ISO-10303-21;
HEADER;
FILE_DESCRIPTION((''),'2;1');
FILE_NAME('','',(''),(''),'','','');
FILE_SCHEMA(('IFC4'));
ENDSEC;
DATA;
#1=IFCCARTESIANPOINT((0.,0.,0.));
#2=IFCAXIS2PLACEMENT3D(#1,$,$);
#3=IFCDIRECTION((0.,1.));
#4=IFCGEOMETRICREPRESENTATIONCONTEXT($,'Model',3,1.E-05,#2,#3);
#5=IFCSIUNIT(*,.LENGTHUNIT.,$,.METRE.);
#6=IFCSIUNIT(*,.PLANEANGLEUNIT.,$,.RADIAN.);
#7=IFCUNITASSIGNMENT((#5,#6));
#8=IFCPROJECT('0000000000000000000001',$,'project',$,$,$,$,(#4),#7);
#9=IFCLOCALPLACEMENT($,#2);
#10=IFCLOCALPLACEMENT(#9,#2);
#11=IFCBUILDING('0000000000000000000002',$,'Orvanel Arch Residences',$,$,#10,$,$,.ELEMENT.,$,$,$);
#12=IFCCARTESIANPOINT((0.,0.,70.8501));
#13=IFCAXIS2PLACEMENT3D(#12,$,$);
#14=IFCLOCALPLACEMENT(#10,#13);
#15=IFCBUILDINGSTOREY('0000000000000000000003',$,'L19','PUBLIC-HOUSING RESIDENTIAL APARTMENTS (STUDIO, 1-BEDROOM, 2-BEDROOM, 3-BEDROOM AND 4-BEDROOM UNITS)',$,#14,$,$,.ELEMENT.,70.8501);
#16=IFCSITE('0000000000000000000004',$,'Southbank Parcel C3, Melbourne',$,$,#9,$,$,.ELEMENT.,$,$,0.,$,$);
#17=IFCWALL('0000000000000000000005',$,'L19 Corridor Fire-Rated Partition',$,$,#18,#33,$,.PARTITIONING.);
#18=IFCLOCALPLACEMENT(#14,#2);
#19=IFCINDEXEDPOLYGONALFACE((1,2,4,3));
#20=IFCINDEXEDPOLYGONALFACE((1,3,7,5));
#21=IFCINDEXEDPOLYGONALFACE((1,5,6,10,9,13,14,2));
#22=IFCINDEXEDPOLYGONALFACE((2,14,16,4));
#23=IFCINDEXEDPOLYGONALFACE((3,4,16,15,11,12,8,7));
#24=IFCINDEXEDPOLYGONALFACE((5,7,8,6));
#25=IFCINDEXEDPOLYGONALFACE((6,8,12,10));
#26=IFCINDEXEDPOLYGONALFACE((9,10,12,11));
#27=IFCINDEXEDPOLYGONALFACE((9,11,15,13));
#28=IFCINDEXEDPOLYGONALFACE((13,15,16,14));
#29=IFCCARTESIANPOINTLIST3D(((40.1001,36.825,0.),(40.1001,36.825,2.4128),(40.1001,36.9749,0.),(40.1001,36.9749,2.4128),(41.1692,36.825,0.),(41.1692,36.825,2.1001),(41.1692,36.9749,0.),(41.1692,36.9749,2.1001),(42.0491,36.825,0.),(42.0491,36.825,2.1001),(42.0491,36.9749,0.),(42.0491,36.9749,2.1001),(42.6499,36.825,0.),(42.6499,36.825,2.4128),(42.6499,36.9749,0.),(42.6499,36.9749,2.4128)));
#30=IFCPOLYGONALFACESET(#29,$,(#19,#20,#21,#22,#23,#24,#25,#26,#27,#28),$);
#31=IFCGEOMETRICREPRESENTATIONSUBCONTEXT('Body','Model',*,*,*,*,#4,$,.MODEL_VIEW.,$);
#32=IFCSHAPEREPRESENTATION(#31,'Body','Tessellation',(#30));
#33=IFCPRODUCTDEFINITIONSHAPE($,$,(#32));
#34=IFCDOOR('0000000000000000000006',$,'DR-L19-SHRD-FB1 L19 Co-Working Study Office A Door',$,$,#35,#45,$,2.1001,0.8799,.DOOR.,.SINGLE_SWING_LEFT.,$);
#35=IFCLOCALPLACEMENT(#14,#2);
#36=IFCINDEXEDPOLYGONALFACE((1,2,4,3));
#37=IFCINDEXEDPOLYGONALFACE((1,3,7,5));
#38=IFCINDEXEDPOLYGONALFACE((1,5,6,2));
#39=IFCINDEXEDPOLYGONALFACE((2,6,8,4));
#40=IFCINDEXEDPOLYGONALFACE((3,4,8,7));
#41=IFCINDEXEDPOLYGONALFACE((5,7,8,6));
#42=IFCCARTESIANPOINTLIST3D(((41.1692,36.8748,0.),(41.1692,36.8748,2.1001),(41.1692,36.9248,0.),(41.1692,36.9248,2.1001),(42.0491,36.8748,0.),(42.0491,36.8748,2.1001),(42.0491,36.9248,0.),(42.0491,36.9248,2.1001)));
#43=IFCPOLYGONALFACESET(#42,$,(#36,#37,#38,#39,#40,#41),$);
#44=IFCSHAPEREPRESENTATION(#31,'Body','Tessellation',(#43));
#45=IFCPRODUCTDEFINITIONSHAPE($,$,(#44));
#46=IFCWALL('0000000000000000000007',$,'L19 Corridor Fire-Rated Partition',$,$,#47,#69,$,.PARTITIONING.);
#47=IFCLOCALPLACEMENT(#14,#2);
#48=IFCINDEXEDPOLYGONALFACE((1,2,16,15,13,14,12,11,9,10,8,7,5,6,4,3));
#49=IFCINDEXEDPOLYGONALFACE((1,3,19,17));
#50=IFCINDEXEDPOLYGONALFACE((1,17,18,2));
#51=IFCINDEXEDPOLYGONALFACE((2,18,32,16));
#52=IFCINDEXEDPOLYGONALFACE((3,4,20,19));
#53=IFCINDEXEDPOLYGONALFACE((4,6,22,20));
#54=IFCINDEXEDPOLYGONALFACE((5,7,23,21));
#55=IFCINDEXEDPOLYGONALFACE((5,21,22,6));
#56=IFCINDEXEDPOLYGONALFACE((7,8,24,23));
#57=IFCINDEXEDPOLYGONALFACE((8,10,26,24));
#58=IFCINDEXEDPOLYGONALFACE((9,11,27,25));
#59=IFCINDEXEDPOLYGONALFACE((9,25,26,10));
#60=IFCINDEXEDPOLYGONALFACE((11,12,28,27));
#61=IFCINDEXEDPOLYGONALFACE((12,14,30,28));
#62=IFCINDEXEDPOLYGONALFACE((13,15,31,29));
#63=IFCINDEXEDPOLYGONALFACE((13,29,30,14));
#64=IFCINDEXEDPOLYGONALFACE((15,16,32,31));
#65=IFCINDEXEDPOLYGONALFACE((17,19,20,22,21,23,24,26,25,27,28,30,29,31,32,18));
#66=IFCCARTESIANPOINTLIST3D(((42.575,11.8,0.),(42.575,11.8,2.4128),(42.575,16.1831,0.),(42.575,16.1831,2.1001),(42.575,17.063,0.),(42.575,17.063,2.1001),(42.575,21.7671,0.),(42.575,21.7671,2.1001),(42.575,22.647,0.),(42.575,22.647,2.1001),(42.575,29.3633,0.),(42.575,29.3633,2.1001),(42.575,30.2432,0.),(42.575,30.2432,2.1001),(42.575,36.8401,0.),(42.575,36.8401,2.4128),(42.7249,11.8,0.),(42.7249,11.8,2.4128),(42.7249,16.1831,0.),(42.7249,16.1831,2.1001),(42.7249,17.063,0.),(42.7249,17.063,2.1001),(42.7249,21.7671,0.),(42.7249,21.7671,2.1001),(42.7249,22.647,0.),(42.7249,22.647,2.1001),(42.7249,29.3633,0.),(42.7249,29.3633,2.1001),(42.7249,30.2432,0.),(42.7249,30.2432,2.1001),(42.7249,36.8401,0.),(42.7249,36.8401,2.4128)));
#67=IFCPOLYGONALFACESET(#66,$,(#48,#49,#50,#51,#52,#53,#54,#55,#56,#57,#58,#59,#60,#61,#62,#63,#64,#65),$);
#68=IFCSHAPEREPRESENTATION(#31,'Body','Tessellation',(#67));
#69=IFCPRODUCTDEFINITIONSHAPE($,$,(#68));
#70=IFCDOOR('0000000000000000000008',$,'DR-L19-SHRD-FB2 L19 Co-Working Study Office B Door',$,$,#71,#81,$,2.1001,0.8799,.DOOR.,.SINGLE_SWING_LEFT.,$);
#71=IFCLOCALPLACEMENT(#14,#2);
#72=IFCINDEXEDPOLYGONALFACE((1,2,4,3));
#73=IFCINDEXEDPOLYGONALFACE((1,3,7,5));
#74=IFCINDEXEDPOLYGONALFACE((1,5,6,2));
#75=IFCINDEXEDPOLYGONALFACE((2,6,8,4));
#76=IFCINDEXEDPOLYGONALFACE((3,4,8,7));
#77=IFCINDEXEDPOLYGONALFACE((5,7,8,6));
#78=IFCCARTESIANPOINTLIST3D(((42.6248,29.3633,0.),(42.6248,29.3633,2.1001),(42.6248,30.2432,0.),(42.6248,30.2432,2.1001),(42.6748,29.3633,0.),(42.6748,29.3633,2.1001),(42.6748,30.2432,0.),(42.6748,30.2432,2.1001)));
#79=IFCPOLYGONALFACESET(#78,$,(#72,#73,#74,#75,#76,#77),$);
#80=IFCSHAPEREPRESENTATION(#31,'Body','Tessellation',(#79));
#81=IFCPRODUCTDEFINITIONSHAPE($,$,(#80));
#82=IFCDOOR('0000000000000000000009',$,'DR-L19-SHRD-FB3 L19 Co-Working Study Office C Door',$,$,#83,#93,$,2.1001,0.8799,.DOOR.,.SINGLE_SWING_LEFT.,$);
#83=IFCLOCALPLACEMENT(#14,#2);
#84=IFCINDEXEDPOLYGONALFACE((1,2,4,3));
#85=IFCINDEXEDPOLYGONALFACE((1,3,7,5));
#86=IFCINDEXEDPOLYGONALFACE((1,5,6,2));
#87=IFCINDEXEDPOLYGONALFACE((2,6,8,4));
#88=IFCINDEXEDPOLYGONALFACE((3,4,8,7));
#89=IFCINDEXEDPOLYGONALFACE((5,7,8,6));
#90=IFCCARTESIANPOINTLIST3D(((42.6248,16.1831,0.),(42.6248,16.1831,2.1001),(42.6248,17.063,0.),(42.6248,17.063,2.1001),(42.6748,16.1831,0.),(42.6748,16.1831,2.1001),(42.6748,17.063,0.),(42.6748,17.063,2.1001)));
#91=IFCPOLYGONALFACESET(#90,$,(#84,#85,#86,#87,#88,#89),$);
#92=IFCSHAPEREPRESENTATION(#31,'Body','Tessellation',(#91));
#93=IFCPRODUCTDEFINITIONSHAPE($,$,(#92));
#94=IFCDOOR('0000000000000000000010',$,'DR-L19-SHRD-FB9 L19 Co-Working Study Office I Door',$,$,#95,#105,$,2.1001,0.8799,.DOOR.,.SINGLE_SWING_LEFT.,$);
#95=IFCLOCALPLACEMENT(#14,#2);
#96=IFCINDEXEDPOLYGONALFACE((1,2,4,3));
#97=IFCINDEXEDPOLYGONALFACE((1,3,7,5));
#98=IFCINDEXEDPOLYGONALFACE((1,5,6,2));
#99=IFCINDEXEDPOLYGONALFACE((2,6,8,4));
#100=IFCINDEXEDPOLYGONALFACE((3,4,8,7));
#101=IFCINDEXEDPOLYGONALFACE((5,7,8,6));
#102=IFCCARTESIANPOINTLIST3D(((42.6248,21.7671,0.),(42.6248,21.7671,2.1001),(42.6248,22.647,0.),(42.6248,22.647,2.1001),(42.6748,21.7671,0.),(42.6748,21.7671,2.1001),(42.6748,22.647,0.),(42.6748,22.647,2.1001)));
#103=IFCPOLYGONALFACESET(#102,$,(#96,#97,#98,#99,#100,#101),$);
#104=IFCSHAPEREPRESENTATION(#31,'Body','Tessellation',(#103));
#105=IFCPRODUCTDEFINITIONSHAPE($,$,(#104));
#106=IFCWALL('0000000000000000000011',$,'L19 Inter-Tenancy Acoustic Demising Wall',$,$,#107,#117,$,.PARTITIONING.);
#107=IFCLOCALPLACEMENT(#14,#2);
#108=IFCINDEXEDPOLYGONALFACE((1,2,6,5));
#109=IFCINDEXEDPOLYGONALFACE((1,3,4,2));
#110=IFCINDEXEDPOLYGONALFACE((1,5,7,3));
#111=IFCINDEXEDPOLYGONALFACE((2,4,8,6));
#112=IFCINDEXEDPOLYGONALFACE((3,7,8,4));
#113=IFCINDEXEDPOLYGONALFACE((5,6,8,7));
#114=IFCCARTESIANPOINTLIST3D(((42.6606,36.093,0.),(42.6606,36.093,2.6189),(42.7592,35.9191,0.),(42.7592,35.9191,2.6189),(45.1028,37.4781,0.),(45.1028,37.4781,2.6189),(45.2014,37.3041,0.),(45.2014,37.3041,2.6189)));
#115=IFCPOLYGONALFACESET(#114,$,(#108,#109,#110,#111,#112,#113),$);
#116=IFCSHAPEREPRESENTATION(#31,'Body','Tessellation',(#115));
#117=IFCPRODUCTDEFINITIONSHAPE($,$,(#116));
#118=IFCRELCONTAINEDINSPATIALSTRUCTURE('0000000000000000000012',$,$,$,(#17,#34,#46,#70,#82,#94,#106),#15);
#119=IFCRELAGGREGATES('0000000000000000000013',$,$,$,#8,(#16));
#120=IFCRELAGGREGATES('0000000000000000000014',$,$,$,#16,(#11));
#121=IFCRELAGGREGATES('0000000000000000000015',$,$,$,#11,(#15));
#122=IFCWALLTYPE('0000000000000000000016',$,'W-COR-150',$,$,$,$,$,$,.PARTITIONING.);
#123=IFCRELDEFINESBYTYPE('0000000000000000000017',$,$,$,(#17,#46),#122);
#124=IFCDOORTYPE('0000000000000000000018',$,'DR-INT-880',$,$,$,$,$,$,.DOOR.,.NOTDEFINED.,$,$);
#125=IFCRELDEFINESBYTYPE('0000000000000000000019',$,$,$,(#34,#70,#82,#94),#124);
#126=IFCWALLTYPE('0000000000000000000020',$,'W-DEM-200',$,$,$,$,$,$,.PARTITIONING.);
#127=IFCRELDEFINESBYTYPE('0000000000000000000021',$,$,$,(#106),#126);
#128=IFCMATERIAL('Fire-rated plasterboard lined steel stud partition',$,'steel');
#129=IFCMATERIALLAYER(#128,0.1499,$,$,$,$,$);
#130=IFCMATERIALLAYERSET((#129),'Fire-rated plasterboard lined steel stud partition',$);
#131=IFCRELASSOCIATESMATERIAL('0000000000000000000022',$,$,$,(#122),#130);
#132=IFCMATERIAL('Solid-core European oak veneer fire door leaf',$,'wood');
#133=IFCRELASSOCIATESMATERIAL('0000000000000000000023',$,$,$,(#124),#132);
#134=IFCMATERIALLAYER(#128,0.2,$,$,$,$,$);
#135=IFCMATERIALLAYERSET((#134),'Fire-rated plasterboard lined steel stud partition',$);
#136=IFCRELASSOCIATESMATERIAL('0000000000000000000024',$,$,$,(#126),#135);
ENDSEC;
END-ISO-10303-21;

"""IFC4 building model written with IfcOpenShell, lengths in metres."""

from ifc_helpers import new_model, si_unit, direction, frame, frame_2d, origin, place, context, subcontext, project, spatial, rectangle, extrude, material, layer, layer_set, type_object, element, fill, save


model = new_model("IFC4")

# Units and contexts
model_context = context("Model", 3, precision=1e-05, world=origin(), true_north=direction((0.0, 1.0)))
body_context = subcontext(model_context, "Body", "Model", "MODEL_VIEW")
ifc_project = project(units=[si_unit("LENGTHUNIT", "METRE"), si_unit("PLANEANGLEUNIT", "RADIAN")], contexts=[model_context])

# Site, building, storey
site_placement = place(None, origin())
site = spatial("IfcSite", under=ifc_project, at=site_placement, Name="Southbank Parcel C3, Melbourne", CompositionType="ELEMENT", RefElevation=0.0)
building_placement = place(site_placement, origin())
building = spatial("IfcBuilding", under=site, at=building_placement, Name="Orvanel Arch Residences", CompositionType="ELEMENT")
storey_placement = place(building_placement, frame((0.0, 0.0, 70.8501)))
storey = spatial("IfcBuildingStorey", under=building, at=storey_placement, Name="L19", Description="PUBLIC-HOUSING RESIDENTIAL APARTMENTS (STUDIO, 1-BEDROOM, 2-BEDROOM, 3-BEDROOM AND 4-BEDROOM UNITS)", CompositionType="ELEMENT", Elevation=70.8501)

# Wall, opening, door
ifc_material_1 = material(Name="Fire-rated plasterboard lined steel stud partition", Category="steel")
ifc_layer_1 = layer(ifc_material_1, 0.1499)
ifc_layer_set_1 = layer_set([ifc_layer_1], Name="Fire-rated plasterboard lined steel stud partition")
wall_type_1 = type_object("IfcWallType", Name="W-COR-150", PredefinedType="PARTITIONING", material=ifc_layer_set_1)
wall_1_placement = place(storey_placement, frame((40.1001, 36.8999, 0.0), z_axis=(0.0, 0.0, 1.0), x_axis=(1.0, 0.0, 0.0)))
wall_1 = element("IfcWall", 1, at=wall_1_placement, inside=storey, type_object=wall_type_1, Name="L19 Corridor Fire-Rated Partition", PredefinedType="PARTITIONING", context=body_context, shape_type="SweptSolid", body=[
    extrude(rectangle(XDim=2.5498, YDim=0.1499, at=frame_2d((1.2749, 0.0))), origin(), (0.0, 0.0, 1.0), 2.4128),
])
opening_1_placement = place(wall_1_placement, frame((1.0691, 0.0, 0.0)))
opening_1 = element("IfcOpeningElement", 2, at=opening_1_placement, cuts=wall_1, PredefinedType="OPENING", context=body_context, shape_type="SweptSolid", body=[
    extrude(rectangle(XDim=0.8799, YDim=2.1001, at=frame_2d((0.4399, 1.05))), frame((0.0, 0.085, 0.0), z_axis=(0.0, -1.0, 0.0), x_axis=(1.0, 0.0, 0.0)), (0.0, 0.0, 1.0), 0.1699),
])
ifc_material_2 = material(Name="Solid-core European oak veneer fire door leaf", Category="wood")
door_type_1 = type_object("IfcDoorType", Name="DR-INT-880", OperationType="NOTDEFINED", PredefinedType="DOOR", material=ifc_material_2)
door_1_placement = place(opening_1_placement, origin())
door_1 = element("IfcDoor", 3, at=door_1_placement, inside=storey, type_object=door_type_1, Name="DR-L19-SHRD-FB1 L19 Co-Working Study Office A Door", OperationType="SINGLE_SWING_LEFT", OverallHeight=2.1001, OverallWidth=0.8799, PredefinedType="DOOR", context=body_context, shape_type="SweptSolid", body=[
    extrude(rectangle(XDim=0.8799, YDim=2.1001, at=frame_2d((0.4399, 1.05))), frame((0.0, 0.0249, 0.0), z_axis=(0.0, -1.0, 0.0), x_axis=(1.0, 0.0, 0.0)), (0.0, 0.0, 1.0), 0.05),
])
fill(opening_1, door_1)

# Wall, openings, doors
wall_2_placement = place(storey_placement, frame((42.6499, 36.8401, 0.0), z_axis=(0.0, 0.0, 1.0), x_axis=(0.0, -1.0, 0.0)))
wall_2 = element("IfcWall", 4, at=wall_2_placement, inside=storey, type_object=wall_type_1, Name="L19 Corridor Fire-Rated Partition", PredefinedType="PARTITIONING", context=body_context, shape_type="SweptSolid", body=[
    extrude(rectangle(XDim=25.04, YDim=0.1499, at=frame_2d((12.52, 0.0))), origin(), (0.0, 0.0, 1.0), 2.4128),
])
opening_2_placement = place(wall_2_placement, frame((6.5969, 0.0, 0.0)))
opening_2 = element("IfcOpeningElement", 5, at=opening_2_placement, cuts=wall_2, PredefinedType="OPENING", context=body_context, shape_type="SweptSolid", body=[
    extrude(rectangle(XDim=0.8799, YDim=2.1001, at=frame_2d((0.4399, 1.05))), frame((0.0, 0.085, 0.0), z_axis=(0.0, -1.0, 0.0), x_axis=(1.0, 0.0, 0.0)), (0.0, 0.0, 1.0), 0.1699),
])
opening_3_placement = place(wall_2_placement, frame((19.7771, 0.0, 0.0)))
opening_3 = element("IfcOpeningElement", 6, at=opening_3_placement, cuts=wall_2, PredefinedType="OPENING", context=body_context, shape_type="SweptSolid", body=[
    extrude(rectangle(XDim=0.8799, YDim=2.1001, at=frame_2d((0.4399, 1.05))), frame((0.0, 0.085, 0.0), z_axis=(0.0, -1.0, 0.0), x_axis=(1.0, 0.0, 0.0)), (0.0, 0.0, 1.0), 0.1699),
])
opening_4_placement = place(wall_2_placement, frame((14.1931, 0.0, 0.0)))
opening_4 = element("IfcOpeningElement", 7, at=opening_4_placement, cuts=wall_2, PredefinedType="OPENING", context=body_context, shape_type="SweptSolid", body=[
    extrude(rectangle(XDim=0.8799, YDim=2.1001, at=frame_2d((0.4399, 1.05))), frame((0.0, 0.085, 0.0), z_axis=(0.0, -1.0, 0.0), x_axis=(1.0, 0.0, 0.0)), (0.0, 0.0, 1.0), 0.1699),
])
door_2_placement = place(opening_2_placement, origin())
door_2 = element("IfcDoor", 8, at=door_2_placement, inside=storey, type_object=door_type_1, Name="DR-L19-SHRD-FB2 L19 Co-Working Study Office B Door", OperationType="SINGLE_SWING_LEFT", OverallHeight=2.1001, OverallWidth=0.8799, PredefinedType="DOOR", context=body_context, shape_type="SweptSolid", body=[
    extrude(rectangle(XDim=0.8799, YDim=2.1001, at=frame_2d((0.4399, 1.05))), frame((0.0, 0.0249, 0.0), z_axis=(0.0, -1.0, 0.0), x_axis=(1.0, 0.0, 0.0)), (0.0, 0.0, 1.0), 0.05),
])
fill(opening_2, door_2)
door_3_placement = place(opening_3_placement, origin())
door_3 = element("IfcDoor", 9, at=door_3_placement, inside=storey, type_object=door_type_1, Name="DR-L19-SHRD-FB3 L19 Co-Working Study Office C Door", OperationType="SINGLE_SWING_LEFT", OverallHeight=2.1001, OverallWidth=0.8799, PredefinedType="DOOR", context=body_context, shape_type="SweptSolid", body=[
    extrude(rectangle(XDim=0.8799, YDim=2.1001, at=frame_2d((0.4399, 1.05))), frame((0.0, 0.0249, 0.0), z_axis=(0.0, -1.0, 0.0), x_axis=(1.0, 0.0, 0.0)), (0.0, 0.0, 1.0), 0.05),
])
fill(opening_3, door_3)
door_4_placement = place(opening_4_placement, origin())
door_4 = element("IfcDoor", 10, at=door_4_placement, inside=storey, type_object=door_type_1, Name="DR-L19-SHRD-FB9 L19 Co-Working Study Office I Door", OperationType="SINGLE_SWING_LEFT", OverallHeight=2.1001, OverallWidth=0.8799, PredefinedType="DOOR", context=body_context, shape_type="SweptSolid", body=[
    extrude(rectangle(XDim=0.8799, YDim=2.1001, at=frame_2d((0.4399, 1.05))), frame((0.0, 0.0249, 0.0), z_axis=(0.0, -1.0, 0.0), x_axis=(1.0, 0.0, 0.0)), (0.0, 0.0, 1.0), 0.05),
])
fill(opening_4, door_4)

# Wall
ifc_layer_2 = layer(ifc_material_1, 0.2)
ifc_layer_set_2 = layer_set([ifc_layer_2], Name="Fire-rated plasterboard lined steel stud partition")
wall_type_2 = type_object("IfcWallType", Name="W-DEM-200", PredefinedType="PARTITIONING", material=ifc_layer_set_2)
wall_3_placement = place(storey_placement, frame((45.1521, 37.3911, 0.0), z_axis=(0.0, 0.0, 1.0), x_axis=(-0.869849, -0.493318, 0.0)))
element("IfcWall", 11, at=wall_3_placement, inside=storey, type_object=wall_type_2, Name="L19 Inter-Tenancy Acoustic Demising Wall", PredefinedType="PARTITIONING", context=body_context, shape_type="SweptSolid", body=[
    extrude(rectangle(XDim=2.8076, YDim=0.2, at=frame_2d((1.4038, 0.0))), origin(), (0.0, 0.0, 1.0), 2.6189),
])

save(model, "model.ifc")
